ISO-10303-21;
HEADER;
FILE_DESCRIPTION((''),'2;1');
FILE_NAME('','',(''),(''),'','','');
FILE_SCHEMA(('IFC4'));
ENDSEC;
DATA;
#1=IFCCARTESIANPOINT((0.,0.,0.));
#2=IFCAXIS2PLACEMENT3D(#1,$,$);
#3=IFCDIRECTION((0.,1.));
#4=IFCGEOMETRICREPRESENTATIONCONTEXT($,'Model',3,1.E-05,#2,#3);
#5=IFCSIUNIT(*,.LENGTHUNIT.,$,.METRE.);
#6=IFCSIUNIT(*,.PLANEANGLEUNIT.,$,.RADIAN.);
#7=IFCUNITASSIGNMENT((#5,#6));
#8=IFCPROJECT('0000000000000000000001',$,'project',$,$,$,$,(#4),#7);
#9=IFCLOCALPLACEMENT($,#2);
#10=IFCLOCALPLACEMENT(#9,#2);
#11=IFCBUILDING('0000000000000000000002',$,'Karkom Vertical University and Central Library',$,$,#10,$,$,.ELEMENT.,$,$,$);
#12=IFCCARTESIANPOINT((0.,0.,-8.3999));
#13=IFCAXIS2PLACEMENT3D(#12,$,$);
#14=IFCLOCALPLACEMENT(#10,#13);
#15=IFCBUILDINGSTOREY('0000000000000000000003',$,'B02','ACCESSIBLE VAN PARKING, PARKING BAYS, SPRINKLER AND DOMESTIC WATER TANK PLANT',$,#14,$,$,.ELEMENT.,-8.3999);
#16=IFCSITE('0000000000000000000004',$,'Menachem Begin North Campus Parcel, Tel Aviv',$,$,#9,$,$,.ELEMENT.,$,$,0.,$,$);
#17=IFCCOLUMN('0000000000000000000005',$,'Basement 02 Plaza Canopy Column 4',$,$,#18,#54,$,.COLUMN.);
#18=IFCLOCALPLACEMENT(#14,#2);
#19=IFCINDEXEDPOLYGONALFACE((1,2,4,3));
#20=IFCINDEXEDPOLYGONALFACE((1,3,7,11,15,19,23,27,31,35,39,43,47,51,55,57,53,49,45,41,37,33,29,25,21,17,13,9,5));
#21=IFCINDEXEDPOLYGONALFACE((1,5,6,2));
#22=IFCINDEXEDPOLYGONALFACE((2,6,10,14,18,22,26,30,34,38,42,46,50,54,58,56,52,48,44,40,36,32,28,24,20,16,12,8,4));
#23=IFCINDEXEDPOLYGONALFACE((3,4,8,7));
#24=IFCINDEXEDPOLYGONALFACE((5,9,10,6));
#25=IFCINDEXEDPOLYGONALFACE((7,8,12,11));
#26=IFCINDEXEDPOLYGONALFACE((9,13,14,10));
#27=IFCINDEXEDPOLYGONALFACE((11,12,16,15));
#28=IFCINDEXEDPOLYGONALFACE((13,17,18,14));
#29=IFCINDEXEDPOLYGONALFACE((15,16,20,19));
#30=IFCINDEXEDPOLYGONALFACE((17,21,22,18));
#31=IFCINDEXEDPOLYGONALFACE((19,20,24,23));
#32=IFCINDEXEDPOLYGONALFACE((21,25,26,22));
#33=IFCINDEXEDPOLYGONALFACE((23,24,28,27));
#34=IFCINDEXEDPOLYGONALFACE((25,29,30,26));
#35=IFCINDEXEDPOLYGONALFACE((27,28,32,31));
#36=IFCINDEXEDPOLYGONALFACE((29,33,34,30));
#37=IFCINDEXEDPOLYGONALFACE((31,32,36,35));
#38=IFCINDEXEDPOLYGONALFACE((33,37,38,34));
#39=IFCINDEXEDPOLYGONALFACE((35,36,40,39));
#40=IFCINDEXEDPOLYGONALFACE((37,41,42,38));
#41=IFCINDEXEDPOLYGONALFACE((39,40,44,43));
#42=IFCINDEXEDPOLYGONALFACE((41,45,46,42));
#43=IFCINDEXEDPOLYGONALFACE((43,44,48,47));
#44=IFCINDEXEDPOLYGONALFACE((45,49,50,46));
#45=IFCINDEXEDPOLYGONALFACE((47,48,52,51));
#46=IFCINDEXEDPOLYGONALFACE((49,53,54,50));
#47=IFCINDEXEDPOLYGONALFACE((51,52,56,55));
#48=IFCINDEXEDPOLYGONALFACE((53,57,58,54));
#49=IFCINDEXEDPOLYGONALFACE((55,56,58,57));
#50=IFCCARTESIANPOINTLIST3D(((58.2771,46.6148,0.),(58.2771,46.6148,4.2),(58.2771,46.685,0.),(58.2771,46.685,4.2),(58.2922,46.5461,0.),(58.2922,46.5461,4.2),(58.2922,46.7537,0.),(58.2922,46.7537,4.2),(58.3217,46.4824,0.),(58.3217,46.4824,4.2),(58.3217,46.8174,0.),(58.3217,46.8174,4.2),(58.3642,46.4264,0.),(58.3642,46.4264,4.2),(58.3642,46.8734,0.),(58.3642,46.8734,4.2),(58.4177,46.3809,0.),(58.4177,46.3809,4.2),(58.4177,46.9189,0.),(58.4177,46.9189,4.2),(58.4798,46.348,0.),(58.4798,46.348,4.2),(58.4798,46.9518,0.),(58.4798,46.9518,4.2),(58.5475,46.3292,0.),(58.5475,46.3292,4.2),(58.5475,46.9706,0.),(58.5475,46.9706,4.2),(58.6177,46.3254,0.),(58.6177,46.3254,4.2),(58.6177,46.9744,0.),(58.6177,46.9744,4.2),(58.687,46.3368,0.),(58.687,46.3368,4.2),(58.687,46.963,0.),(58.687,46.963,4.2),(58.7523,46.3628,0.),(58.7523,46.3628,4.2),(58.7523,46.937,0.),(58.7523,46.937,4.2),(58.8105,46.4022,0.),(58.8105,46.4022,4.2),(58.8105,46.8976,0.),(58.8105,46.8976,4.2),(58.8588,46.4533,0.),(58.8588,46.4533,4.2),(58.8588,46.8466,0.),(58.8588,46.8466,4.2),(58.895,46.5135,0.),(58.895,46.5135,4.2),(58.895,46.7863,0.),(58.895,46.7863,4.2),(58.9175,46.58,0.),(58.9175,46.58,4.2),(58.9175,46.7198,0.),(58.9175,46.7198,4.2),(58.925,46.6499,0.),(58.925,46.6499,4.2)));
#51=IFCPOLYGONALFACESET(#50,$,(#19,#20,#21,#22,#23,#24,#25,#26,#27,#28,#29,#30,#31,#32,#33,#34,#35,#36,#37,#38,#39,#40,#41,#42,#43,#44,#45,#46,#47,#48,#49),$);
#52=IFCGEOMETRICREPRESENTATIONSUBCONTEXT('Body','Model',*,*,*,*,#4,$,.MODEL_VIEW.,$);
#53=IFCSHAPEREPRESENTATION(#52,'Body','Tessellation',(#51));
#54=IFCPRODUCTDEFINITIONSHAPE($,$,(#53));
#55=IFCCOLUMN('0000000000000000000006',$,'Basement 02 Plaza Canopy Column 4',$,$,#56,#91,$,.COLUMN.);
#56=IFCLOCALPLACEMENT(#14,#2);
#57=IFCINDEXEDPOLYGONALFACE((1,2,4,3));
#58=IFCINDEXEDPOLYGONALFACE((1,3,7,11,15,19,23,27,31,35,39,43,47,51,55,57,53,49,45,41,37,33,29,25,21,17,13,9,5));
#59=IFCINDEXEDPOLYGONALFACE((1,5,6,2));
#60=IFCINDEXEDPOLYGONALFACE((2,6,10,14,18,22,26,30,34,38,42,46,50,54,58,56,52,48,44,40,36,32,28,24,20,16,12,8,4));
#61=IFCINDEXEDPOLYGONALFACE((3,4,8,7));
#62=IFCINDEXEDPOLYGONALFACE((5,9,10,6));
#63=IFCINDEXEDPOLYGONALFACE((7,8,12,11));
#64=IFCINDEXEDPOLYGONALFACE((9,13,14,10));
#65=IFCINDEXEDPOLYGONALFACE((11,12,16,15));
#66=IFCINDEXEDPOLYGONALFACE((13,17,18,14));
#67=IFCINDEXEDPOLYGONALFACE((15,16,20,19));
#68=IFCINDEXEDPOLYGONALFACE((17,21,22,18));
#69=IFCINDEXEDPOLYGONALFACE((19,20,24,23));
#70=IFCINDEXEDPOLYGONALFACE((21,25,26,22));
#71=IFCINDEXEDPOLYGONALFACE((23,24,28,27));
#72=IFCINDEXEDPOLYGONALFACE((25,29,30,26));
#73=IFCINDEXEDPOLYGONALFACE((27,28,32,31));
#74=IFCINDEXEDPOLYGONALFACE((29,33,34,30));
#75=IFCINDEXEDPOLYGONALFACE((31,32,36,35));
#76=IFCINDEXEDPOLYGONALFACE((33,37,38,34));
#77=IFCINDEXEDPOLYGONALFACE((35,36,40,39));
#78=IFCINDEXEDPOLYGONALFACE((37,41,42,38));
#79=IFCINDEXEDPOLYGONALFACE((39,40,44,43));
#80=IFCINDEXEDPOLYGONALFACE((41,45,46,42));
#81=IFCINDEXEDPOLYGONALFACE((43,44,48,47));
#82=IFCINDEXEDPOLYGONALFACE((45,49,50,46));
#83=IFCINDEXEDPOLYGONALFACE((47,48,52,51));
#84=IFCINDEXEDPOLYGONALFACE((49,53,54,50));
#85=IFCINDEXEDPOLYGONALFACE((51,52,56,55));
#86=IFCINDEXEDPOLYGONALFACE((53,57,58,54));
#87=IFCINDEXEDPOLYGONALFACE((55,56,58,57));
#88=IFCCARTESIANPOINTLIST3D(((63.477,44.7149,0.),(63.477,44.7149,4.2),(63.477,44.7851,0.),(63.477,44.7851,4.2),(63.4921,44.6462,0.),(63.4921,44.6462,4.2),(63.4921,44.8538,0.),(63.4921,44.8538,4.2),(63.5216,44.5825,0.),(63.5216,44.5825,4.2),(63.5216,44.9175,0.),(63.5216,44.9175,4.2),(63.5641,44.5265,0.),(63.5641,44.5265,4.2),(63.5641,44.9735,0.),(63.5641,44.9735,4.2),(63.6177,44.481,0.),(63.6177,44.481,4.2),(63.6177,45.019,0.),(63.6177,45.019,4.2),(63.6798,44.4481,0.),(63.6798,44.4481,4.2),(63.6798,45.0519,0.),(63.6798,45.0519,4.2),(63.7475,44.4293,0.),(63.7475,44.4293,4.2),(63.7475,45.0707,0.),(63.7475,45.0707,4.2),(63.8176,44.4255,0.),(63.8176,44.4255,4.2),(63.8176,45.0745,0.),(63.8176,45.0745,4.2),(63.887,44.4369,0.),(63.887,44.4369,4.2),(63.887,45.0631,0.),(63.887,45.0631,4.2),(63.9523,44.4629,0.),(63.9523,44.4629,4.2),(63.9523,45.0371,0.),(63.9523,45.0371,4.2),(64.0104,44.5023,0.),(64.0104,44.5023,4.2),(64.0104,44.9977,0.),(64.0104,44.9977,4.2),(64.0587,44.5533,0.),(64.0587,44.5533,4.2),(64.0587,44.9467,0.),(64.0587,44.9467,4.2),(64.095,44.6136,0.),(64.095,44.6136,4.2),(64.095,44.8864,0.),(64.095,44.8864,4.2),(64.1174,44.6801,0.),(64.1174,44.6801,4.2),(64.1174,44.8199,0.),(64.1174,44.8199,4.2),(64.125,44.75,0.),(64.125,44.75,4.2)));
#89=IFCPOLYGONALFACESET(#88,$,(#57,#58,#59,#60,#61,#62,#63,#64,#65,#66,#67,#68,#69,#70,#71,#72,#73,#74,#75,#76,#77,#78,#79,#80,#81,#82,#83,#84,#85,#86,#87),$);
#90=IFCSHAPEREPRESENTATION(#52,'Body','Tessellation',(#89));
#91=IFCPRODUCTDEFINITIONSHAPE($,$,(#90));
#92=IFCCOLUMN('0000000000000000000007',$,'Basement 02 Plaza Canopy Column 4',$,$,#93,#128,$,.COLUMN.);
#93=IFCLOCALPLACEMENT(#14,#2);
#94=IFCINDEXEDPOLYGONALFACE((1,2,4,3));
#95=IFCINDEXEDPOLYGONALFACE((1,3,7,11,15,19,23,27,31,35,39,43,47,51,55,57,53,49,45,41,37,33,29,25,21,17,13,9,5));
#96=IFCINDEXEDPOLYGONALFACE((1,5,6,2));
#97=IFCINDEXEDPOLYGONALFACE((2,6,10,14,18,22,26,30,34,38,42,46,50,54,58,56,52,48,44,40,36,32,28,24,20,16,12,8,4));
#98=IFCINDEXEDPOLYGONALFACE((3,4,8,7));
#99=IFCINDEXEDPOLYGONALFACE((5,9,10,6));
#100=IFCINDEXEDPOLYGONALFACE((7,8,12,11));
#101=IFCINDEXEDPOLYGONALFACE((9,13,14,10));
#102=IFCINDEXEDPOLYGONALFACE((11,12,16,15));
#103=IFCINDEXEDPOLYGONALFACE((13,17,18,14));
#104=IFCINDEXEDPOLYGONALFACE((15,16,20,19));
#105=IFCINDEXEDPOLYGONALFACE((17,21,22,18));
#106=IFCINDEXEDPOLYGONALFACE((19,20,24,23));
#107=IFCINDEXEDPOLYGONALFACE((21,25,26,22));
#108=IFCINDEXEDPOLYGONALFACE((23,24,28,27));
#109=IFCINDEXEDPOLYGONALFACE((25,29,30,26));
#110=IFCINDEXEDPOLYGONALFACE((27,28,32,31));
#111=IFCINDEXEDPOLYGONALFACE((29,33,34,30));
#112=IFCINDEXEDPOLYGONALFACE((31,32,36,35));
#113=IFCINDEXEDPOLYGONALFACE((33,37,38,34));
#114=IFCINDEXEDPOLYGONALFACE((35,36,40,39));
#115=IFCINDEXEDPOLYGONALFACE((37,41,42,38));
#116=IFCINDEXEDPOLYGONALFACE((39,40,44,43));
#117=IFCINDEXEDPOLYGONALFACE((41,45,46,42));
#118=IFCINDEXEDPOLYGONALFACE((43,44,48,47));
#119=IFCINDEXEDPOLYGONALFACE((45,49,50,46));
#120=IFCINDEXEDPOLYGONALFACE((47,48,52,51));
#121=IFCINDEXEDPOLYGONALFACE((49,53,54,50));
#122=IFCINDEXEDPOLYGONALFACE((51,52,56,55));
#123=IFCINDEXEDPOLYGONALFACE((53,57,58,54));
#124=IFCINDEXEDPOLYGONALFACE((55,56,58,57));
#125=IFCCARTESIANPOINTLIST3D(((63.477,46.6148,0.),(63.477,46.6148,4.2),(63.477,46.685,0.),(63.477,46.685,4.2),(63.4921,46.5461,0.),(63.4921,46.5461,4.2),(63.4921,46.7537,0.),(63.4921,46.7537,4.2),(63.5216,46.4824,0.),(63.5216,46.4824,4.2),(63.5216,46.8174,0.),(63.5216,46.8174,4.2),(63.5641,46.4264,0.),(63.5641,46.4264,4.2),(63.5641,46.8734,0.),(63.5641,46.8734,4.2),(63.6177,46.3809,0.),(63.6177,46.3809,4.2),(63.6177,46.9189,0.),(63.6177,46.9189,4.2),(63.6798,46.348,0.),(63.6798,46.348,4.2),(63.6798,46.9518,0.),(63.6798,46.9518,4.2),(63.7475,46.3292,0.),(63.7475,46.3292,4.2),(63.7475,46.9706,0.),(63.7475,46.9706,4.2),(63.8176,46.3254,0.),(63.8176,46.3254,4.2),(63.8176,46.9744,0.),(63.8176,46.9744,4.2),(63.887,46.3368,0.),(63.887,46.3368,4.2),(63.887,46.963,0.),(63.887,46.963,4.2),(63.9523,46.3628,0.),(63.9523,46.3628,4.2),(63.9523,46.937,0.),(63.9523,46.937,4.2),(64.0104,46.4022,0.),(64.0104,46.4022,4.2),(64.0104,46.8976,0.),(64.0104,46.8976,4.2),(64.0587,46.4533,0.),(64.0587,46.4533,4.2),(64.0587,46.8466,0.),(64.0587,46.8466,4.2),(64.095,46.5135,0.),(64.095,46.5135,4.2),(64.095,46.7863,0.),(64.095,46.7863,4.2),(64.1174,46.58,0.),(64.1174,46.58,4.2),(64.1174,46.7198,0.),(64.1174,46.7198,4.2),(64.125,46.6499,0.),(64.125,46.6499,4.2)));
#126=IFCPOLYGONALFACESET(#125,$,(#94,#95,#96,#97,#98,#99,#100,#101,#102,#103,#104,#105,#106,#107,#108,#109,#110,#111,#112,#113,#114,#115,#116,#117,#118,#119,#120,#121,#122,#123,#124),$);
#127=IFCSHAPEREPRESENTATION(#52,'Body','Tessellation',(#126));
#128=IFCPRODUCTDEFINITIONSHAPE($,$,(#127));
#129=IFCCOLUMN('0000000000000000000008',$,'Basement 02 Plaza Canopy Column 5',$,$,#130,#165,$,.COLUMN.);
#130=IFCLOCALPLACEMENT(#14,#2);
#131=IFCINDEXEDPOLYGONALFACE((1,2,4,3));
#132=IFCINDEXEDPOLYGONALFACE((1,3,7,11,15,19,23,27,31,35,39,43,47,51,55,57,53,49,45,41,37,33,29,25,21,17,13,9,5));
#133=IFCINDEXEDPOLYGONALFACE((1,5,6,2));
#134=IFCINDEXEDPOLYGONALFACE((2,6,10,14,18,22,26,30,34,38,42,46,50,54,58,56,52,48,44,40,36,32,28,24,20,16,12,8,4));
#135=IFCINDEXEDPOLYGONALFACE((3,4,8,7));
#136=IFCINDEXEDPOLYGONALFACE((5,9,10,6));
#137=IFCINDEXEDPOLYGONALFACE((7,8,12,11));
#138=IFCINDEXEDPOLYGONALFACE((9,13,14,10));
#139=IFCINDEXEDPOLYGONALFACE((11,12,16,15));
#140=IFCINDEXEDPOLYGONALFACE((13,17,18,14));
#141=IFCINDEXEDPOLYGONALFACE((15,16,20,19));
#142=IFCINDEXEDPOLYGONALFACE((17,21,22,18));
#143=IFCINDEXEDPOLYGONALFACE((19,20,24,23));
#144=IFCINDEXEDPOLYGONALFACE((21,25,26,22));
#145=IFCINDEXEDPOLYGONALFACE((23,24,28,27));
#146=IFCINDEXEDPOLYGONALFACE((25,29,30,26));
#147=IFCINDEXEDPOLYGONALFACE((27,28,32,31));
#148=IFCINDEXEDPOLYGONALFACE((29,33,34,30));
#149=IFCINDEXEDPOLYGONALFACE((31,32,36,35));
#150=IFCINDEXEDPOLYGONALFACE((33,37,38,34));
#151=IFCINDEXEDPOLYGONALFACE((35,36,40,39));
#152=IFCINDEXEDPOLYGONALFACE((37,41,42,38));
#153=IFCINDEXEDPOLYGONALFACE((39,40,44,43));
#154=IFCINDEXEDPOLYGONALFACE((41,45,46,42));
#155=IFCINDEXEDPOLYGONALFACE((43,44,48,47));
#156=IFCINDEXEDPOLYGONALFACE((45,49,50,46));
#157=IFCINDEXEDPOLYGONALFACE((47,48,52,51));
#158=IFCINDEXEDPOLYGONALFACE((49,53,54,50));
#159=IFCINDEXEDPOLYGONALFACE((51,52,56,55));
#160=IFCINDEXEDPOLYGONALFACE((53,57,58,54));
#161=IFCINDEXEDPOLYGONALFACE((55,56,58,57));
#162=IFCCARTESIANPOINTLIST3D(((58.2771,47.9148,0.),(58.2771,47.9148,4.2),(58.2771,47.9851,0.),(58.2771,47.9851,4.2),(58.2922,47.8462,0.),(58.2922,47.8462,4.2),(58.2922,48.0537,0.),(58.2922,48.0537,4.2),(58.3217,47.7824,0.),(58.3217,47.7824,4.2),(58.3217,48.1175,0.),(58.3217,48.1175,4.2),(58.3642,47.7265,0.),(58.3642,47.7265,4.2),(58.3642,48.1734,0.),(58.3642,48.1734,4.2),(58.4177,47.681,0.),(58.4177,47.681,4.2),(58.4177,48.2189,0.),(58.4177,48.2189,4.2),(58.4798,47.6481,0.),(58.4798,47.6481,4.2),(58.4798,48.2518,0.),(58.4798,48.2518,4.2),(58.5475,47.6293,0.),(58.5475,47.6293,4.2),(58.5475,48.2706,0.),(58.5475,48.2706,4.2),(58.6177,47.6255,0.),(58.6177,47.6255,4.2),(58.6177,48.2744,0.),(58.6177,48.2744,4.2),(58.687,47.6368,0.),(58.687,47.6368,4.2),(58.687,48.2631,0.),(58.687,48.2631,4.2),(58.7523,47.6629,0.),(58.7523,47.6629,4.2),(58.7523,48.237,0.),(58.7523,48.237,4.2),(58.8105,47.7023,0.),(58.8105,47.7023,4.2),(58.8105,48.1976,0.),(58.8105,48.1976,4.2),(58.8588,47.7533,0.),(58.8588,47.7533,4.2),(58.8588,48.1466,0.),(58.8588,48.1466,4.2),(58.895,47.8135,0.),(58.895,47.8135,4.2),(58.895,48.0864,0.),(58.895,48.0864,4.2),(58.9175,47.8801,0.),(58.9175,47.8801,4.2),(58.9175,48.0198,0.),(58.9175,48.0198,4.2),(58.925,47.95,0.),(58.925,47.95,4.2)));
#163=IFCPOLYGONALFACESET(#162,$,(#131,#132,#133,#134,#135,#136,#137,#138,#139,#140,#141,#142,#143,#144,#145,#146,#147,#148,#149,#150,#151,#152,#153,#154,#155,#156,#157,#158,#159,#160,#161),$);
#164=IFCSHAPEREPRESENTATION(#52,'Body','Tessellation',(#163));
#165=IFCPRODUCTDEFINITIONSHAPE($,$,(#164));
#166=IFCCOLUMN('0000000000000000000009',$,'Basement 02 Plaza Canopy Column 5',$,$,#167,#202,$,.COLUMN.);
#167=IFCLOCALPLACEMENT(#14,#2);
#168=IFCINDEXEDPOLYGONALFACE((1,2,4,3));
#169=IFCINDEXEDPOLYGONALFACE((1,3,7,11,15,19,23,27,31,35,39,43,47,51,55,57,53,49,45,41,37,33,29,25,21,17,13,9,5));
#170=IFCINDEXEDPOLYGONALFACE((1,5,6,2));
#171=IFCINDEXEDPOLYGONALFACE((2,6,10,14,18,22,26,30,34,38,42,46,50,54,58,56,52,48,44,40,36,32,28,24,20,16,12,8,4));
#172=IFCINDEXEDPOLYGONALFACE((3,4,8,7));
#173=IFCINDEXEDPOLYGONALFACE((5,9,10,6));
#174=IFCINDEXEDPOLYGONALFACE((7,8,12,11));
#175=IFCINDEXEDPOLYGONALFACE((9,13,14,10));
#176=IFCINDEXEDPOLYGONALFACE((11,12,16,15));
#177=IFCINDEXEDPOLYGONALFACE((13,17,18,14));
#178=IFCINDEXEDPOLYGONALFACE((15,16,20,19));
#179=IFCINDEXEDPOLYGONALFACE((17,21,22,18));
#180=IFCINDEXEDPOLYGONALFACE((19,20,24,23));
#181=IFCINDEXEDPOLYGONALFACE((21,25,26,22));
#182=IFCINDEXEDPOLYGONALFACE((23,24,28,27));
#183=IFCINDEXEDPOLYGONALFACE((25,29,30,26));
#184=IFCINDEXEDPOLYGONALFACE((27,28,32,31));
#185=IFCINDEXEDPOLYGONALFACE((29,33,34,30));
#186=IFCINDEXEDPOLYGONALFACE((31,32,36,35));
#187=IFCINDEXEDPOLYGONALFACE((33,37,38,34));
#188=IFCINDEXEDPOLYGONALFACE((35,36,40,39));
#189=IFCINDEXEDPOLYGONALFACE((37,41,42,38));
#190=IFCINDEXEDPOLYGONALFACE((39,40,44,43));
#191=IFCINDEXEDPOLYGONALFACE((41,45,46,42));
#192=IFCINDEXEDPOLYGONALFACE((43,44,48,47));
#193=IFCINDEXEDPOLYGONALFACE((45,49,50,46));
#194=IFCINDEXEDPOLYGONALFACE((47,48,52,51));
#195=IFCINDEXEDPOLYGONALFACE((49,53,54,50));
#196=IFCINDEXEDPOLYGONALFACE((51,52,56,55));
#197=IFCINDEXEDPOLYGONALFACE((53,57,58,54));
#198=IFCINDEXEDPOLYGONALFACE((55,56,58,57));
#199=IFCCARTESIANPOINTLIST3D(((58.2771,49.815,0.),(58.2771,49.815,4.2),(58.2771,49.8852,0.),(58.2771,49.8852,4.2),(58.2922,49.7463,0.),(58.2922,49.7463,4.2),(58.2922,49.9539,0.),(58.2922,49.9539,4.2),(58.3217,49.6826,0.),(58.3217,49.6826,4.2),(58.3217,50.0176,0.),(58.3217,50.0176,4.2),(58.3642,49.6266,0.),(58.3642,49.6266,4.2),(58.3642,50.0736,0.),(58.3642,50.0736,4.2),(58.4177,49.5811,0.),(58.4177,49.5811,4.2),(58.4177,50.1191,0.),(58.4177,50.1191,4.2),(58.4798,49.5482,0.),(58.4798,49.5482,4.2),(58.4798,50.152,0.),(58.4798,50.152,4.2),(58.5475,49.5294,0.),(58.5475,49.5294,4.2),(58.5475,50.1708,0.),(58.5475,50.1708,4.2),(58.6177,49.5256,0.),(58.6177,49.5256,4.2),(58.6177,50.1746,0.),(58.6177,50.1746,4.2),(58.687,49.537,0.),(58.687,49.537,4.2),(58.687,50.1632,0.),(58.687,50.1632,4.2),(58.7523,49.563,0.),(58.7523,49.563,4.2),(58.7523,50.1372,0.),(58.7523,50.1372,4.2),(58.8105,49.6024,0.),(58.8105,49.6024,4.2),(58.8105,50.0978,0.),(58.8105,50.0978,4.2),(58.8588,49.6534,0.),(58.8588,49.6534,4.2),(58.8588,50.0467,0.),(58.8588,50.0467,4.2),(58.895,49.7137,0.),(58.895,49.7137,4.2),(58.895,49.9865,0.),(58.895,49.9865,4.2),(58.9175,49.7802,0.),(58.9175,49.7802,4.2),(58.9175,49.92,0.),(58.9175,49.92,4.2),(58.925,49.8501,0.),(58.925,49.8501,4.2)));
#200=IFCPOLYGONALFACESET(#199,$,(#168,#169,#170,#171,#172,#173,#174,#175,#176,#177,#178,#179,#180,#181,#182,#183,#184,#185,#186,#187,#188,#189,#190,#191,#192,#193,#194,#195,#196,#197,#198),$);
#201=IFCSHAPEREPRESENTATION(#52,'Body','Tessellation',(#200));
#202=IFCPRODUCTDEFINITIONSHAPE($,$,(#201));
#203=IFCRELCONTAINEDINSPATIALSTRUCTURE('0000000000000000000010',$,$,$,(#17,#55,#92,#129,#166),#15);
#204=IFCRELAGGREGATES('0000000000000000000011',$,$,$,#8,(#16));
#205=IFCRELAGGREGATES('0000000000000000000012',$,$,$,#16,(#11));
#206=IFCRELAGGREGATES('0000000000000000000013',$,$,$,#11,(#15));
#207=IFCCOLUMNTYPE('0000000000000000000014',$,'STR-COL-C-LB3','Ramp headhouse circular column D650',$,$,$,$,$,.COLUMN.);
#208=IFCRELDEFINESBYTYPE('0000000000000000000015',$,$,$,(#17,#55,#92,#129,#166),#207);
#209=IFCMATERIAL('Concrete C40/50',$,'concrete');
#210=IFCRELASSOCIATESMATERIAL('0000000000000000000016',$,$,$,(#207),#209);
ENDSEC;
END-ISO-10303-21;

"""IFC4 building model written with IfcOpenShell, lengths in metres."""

from ifc_helpers import new_model, si_unit, direction, frame, origin, origin_with_axes, origin_2d, place, context, subcontext, project, spatial, circle, extrude, source, transform, mapped, material, material_profile, profile_set, type_object, element, save


model = new_model("IFC4")

# Units and contexts
model_context = context("Model", 3, precision=1e-05, world=origin(), true_north=direction((0.0, 1.0)))
body_context = subcontext(model_context, "Body", "Model", "MODEL_VIEW")
ifc_project = project(units=[si_unit("LENGTHUNIT", "METRE"), si_unit("PLANEANGLEUNIT", "RADIAN")], contexts=[model_context])

# Site, building, storey
site_placement = place(None, origin())
site = spatial("IfcSite", under=ifc_project, at=site_placement, Name="Menachem Begin North Campus Parcel, Tel Aviv", CompositionType="ELEMENT", RefElevation=0.0)
building_placement = place(site_placement, origin())
building = spatial("IfcBuilding", under=site, at=building_placement, Name="Karkom Vertical University and Central Library", CompositionType="ELEMENT")
storey_placement = place(building_placement, frame((0.0, 0.0, -8.3999)))
storey = spatial("IfcBuildingStorey", under=building, at=storey_placement, Name="B02", Description="ACCESSIBLE VAN PARKING, PARKING BAYS, SPRINKLER AND DOMESTIC WATER TANK PLANT", CompositionType="ELEMENT", Elevation=-8.3999)

# Shared definitions
ifc_material_1 = material(Name="Concrete C40/50", Category="concrete")

# Columns
ifc_material_profile_1 = material_profile(ifc_material_1, circle(Radius=0.325, at=origin_2d()), Name="RC-D650")
ifc_profile_set_1 = profile_set([ifc_material_profile_1], Name="Concrete C40/50")
column_type_1 = type_object("IfcColumnType", Name="STR-COL-C-LB3", Description="Ramp headhouse circular column D650", PredefinedType="COLUMN", material=ifc_profile_set_1)
shared_shape_1 = source(origin_with_axes(), body_context, "Body", "SweptSolid", [
    extrude(circle(Radius=0.325, at=origin_2d()), origin(), (0.0, 0.0, 1.0), 4.2),
])
for number, where, z_axis, x_axis, name in (
    (1, (58.6001, 46.6499, 0.0), (0.0, 0.0, 1.0), (1.0, 0.0, 0.0), "Basement 02 Plaza Canopy Column 4"),
    (2, (63.8, 44.75, 0.0), (0.0, 0.0, 1.0), (1.0, 0.0, 0.0), "Basement 02 Plaza Canopy Column 4"),
    (3, (63.8, 46.6499, 0.0), (0.0, 0.0, 1.0), (1.0, 0.0, 0.0), "Basement 02 Plaza Canopy Column 4"),
    (4, (58.6001, 47.95, 0.0), (0.0, 0.0, 1.0), (1.0, 0.0, 0.0), "Basement 02 Plaza Canopy Column 5"),
    (5, (58.6001, 49.8501, 0.0), (0.0, 0.0, 1.0), (1.0, 0.0, 0.0), "Basement 02 Plaza Canopy Column 5"),
):
    element("IfcColumn", number, at=place(storey_placement, frame(where, z_axis=z_axis, x_axis=x_axis)), inside=storey, type_object=column_type_1, Name=name, PredefinedType="COLUMN", context=body_context, shape_type="MappedRepresentation", body=[
        mapped(shared_shape_1, transform((0.0, 0.0, 0.0), scale=1.0)),
    ])

save(model, "model.ifc")
